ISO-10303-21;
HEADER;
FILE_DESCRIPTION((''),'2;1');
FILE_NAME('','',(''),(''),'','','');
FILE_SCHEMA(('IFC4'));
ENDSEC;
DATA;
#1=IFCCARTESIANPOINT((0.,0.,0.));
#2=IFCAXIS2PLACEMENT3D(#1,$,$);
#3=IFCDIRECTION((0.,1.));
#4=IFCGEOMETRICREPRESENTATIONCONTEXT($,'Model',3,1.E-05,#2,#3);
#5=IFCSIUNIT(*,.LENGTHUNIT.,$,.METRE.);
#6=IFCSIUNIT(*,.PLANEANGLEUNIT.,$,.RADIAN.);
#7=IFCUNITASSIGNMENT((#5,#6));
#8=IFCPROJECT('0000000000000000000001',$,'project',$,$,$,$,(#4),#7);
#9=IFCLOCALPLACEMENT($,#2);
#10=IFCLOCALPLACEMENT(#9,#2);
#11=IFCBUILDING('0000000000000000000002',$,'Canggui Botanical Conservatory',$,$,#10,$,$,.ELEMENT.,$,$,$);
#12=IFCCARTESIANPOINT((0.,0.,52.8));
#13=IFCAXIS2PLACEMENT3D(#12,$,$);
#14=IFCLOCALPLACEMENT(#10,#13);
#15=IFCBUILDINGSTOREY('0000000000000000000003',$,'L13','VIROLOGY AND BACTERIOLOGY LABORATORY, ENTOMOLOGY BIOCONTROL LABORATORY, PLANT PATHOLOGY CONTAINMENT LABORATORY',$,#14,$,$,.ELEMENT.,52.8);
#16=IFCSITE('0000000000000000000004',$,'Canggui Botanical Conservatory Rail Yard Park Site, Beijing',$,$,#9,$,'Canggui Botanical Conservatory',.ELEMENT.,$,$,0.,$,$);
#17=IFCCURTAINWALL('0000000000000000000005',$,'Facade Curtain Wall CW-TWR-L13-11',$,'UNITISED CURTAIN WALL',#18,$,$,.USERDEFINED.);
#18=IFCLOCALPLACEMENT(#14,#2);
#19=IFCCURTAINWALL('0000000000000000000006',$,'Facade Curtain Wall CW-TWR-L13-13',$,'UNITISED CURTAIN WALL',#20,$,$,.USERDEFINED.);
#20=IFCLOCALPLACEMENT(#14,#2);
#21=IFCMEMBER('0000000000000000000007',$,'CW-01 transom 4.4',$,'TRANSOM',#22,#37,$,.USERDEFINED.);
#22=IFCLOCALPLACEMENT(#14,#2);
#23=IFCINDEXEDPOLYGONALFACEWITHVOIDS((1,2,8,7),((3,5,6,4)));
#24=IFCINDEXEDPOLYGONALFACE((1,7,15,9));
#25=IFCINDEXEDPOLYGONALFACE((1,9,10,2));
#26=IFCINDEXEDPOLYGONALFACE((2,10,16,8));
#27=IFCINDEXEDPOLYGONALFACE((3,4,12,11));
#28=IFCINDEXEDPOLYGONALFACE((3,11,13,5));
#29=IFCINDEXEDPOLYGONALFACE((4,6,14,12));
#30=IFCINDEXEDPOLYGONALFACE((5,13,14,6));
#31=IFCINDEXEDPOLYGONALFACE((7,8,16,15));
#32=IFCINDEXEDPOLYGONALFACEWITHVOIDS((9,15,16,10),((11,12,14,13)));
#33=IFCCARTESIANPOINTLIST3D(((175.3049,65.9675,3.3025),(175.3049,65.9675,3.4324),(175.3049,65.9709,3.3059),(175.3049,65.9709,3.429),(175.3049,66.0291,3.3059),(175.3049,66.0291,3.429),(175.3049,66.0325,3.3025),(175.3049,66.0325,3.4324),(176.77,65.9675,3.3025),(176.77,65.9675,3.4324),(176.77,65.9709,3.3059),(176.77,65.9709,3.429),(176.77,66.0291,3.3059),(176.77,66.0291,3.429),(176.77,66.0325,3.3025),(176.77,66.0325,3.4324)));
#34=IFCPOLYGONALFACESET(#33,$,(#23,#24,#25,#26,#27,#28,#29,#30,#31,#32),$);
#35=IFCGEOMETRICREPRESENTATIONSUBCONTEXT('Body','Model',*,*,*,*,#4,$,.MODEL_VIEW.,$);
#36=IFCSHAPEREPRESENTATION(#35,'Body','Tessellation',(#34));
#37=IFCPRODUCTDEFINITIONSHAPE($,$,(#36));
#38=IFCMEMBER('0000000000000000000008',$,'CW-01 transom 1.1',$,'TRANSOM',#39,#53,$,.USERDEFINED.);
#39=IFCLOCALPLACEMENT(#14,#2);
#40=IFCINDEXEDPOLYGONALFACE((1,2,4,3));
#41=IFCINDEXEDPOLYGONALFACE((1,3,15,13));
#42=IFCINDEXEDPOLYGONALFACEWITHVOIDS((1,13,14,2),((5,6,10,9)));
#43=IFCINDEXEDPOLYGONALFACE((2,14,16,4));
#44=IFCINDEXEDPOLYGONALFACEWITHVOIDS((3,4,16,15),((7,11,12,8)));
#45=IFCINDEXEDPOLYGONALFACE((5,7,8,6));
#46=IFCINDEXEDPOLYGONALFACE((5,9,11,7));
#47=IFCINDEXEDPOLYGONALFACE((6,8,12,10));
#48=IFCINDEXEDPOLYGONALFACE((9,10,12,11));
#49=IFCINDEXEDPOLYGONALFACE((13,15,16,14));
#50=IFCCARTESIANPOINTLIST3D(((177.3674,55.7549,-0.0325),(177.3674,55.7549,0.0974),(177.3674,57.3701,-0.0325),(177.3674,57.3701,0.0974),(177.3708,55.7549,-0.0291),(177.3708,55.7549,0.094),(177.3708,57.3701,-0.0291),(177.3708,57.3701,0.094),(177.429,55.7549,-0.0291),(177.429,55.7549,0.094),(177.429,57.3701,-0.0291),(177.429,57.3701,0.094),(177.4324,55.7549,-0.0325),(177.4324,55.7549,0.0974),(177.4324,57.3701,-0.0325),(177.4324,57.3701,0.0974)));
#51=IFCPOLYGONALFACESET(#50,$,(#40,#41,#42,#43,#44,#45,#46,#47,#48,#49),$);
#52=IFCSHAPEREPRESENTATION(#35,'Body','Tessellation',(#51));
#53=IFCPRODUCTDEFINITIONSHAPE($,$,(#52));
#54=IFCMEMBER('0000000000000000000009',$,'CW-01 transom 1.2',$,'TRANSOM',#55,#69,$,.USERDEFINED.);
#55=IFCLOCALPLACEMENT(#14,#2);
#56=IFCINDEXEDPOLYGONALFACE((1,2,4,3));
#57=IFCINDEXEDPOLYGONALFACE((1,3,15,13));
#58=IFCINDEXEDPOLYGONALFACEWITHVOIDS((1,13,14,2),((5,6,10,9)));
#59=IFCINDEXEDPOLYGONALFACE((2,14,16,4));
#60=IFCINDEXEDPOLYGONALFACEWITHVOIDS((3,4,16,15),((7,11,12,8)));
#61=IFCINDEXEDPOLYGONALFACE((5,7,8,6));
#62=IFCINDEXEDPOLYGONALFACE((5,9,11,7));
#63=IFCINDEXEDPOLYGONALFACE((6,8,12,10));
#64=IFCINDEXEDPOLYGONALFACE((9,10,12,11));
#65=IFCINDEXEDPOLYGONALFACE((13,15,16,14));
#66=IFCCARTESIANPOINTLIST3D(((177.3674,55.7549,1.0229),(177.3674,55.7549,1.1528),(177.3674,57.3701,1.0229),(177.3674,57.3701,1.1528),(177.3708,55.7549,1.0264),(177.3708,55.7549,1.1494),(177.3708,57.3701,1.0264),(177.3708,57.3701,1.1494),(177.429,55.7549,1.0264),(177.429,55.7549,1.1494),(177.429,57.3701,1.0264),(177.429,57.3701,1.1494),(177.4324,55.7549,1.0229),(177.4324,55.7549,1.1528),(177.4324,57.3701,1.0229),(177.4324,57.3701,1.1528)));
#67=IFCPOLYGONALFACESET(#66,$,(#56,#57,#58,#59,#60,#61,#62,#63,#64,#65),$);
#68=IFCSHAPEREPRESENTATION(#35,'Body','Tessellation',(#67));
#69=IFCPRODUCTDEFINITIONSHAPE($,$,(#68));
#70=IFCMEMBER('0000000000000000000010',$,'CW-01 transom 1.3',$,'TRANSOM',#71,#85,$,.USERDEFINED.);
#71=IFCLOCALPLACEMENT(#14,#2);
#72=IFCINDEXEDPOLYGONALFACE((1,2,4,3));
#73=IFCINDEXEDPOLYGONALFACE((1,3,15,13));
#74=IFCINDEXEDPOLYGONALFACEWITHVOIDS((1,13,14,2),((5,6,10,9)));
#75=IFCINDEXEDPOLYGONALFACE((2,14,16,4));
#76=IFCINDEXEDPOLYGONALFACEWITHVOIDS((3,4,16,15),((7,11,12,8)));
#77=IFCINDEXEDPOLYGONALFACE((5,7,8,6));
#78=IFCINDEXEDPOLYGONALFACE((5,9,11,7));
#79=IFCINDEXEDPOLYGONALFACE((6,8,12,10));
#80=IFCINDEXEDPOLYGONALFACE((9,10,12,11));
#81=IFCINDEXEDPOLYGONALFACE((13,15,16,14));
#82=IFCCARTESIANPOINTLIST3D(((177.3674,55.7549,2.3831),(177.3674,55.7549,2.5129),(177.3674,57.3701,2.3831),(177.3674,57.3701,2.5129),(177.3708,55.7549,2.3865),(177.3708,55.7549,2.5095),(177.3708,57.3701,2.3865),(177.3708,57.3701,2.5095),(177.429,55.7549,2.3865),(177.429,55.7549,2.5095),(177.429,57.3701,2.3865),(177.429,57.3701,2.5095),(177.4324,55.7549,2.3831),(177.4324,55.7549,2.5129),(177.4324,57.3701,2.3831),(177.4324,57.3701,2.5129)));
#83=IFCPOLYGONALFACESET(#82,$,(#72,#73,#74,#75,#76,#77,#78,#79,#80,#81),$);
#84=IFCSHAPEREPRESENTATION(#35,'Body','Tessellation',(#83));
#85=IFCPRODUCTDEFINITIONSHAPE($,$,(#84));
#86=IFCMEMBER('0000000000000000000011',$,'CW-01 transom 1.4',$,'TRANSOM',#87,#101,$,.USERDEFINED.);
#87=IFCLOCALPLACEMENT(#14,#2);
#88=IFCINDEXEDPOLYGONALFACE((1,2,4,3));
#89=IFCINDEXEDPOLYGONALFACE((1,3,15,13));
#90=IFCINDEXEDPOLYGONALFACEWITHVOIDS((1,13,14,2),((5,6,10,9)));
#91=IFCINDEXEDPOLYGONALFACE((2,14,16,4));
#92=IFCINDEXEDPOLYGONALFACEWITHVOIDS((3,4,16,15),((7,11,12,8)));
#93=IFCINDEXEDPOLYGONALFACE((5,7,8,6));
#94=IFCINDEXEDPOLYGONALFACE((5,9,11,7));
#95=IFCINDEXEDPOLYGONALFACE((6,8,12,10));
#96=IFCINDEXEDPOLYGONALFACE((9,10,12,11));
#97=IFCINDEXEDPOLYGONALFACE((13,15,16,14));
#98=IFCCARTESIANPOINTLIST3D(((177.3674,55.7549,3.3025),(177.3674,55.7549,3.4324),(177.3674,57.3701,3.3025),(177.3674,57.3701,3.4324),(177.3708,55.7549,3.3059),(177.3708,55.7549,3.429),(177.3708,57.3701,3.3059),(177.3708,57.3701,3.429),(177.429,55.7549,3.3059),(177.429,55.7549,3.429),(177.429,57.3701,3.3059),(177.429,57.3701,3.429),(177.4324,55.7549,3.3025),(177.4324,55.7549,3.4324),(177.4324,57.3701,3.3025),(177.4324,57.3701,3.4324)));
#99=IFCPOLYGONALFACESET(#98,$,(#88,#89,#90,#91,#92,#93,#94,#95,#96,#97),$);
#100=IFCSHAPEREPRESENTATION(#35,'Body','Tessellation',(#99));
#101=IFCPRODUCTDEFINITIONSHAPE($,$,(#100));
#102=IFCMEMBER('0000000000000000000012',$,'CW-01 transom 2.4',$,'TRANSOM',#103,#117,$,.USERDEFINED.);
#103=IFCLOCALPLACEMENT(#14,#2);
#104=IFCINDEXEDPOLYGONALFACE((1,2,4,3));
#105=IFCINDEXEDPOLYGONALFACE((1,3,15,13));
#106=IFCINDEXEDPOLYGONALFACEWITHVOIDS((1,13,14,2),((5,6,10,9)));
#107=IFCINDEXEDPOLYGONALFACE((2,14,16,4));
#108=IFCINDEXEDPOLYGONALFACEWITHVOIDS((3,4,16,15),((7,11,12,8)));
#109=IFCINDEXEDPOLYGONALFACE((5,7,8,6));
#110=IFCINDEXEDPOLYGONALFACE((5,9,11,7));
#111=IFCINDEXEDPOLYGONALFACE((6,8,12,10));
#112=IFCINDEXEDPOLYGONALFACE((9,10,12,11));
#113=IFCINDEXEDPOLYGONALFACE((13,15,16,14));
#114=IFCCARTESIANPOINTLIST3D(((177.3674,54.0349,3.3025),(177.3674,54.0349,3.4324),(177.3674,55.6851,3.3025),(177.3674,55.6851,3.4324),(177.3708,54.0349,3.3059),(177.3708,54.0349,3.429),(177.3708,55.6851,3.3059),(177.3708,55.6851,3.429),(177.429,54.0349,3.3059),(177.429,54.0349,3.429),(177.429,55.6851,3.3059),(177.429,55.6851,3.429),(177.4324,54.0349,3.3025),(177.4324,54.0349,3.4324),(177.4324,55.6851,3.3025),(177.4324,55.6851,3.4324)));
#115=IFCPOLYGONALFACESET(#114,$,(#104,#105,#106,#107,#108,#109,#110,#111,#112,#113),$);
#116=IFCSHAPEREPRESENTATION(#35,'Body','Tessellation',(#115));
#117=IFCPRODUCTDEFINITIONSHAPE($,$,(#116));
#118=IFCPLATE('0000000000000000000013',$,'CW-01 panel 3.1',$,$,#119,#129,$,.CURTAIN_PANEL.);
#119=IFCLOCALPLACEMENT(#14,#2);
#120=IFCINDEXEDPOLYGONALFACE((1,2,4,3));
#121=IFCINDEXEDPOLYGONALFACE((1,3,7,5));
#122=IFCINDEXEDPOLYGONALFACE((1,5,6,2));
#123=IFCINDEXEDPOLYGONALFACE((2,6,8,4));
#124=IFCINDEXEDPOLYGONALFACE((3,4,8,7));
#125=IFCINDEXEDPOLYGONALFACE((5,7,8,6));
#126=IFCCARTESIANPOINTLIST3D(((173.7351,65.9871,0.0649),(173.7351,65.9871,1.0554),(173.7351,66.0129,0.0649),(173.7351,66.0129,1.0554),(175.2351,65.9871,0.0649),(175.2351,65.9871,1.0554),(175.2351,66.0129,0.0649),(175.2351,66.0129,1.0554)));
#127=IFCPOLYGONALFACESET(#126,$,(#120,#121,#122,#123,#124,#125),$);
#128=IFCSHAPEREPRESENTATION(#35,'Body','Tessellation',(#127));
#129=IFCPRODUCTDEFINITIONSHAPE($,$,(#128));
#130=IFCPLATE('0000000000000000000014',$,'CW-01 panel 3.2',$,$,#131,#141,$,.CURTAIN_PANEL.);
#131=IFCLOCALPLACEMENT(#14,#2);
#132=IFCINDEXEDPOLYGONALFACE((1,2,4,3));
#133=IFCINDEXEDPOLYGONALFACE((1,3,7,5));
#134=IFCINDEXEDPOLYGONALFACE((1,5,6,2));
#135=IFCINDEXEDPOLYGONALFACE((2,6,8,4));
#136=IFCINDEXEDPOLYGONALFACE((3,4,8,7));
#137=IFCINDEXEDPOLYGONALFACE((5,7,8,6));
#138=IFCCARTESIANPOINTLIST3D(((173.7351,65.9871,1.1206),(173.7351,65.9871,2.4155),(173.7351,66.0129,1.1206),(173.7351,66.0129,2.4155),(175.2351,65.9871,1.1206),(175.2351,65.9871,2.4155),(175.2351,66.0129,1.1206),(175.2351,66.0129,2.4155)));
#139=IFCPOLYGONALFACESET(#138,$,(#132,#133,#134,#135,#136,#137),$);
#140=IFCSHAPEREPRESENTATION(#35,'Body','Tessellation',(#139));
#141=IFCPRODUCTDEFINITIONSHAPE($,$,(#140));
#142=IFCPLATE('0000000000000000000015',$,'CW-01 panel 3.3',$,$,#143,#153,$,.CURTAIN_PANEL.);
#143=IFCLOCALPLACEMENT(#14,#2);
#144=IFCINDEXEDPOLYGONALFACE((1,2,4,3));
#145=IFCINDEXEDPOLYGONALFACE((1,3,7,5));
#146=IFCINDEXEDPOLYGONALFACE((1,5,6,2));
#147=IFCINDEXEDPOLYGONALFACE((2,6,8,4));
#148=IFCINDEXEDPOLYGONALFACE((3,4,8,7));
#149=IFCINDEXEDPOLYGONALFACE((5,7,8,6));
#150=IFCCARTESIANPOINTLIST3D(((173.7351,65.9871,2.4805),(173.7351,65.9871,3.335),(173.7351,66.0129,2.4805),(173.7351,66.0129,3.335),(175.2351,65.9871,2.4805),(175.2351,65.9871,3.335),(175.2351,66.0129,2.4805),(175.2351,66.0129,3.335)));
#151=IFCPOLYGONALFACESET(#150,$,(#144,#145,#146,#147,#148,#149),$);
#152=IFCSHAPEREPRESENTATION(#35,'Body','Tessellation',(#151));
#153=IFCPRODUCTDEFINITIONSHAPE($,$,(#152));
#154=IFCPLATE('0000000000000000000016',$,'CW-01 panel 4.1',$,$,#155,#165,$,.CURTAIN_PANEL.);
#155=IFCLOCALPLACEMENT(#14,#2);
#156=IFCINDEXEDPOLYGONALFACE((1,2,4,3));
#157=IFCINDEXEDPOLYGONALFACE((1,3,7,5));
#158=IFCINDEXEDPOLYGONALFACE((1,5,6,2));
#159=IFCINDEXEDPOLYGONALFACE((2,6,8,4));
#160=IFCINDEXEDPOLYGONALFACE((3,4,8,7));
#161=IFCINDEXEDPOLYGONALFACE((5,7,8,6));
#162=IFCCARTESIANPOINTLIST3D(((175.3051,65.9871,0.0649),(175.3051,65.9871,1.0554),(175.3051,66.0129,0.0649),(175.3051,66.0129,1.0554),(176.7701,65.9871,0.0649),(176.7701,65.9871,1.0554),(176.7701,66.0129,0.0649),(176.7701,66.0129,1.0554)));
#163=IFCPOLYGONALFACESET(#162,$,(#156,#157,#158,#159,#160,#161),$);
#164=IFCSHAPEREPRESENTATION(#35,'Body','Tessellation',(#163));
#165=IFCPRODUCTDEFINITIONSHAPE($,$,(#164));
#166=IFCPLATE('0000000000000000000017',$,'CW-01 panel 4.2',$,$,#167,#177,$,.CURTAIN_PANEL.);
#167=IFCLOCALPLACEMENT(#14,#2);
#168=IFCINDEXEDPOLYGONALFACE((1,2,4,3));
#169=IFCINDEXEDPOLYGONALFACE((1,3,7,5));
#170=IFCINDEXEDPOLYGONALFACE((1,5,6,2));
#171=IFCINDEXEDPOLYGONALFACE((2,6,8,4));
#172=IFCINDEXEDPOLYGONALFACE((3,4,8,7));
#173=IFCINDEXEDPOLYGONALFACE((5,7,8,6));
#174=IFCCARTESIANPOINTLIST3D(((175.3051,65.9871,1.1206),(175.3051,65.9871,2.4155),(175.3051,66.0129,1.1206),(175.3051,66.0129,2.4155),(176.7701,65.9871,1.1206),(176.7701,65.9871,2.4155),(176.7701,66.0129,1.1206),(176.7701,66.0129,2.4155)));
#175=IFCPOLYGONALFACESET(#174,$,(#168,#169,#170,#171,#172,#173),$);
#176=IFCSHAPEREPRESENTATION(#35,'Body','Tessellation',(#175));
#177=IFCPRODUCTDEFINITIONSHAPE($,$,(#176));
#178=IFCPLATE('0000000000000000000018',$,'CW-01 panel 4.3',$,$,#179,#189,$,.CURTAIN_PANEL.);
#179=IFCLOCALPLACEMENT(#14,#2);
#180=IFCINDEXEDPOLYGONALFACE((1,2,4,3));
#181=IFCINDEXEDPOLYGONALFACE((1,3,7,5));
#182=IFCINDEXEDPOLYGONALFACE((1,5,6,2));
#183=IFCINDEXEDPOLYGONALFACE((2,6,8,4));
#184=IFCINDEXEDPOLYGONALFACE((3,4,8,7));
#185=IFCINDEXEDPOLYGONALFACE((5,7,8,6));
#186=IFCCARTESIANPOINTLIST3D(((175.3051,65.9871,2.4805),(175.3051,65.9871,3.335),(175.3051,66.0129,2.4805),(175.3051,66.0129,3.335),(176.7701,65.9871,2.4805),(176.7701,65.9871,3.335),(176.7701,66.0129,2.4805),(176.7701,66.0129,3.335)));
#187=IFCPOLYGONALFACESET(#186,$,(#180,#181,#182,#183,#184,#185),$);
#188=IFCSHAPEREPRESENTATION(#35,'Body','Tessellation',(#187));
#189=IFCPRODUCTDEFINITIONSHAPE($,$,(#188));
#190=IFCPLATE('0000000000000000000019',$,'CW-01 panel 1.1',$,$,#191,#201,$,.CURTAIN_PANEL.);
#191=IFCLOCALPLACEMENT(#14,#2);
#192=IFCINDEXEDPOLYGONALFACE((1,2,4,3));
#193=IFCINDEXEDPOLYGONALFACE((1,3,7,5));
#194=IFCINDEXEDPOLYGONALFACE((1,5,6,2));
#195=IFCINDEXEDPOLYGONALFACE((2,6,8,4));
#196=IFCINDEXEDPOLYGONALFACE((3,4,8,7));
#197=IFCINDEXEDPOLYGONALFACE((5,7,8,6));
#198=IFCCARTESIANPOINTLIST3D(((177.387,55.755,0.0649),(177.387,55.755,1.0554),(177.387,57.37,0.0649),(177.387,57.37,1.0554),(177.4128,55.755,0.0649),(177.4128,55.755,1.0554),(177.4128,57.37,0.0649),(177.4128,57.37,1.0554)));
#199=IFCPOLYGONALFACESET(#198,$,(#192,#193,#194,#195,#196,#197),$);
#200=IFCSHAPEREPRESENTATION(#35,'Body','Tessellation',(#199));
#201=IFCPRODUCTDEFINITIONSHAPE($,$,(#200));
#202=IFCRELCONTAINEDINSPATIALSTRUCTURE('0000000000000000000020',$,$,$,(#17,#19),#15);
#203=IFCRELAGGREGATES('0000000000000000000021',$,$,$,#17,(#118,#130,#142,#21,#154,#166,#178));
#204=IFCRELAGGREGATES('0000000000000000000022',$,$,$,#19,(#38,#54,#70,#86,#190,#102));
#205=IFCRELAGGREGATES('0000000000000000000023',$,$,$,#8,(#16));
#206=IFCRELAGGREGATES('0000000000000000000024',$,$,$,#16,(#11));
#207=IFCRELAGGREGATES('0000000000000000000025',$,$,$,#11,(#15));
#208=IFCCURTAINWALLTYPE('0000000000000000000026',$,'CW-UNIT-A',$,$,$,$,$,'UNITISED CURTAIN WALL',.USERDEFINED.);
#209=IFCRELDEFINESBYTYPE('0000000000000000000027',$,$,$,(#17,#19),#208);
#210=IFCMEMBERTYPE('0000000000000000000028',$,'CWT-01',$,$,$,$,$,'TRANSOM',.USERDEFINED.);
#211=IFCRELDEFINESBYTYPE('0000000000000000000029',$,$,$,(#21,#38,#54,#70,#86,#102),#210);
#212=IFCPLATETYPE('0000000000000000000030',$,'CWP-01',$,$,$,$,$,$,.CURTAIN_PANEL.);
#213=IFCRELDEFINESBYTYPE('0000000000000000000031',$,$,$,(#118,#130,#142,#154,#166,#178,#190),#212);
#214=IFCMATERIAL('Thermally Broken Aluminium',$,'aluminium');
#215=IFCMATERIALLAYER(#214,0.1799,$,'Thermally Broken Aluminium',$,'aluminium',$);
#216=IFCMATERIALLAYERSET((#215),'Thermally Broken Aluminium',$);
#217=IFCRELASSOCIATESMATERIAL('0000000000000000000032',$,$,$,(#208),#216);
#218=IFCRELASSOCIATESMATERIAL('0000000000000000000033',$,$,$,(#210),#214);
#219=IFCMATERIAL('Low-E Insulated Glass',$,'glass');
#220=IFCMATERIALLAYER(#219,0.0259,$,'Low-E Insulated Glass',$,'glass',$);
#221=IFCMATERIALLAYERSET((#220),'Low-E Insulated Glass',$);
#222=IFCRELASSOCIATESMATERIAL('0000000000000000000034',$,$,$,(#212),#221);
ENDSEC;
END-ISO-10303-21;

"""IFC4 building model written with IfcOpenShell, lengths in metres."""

from ifc_helpers import new_model, si_unit, direction, frame, origin, origin_2d, place, context, subcontext, project, spatial, rectangle, hollow_rectangle, extrude, material, layer, layer_set, material_profile, profile_set, type_object, element, aggregate, save


model = new_model("IFC4")

# Units and contexts
model_context = context("Model", 3, precision=1e-05, world=origin(), true_north=direction((0.0, 1.0)))
body_context = subcontext(model_context, "Body", "Model", "MODEL_VIEW")
ifc_project = project(units=[si_unit("LENGTHUNIT", "METRE"), si_unit("PLANEANGLEUNIT", "RADIAN")], contexts=[model_context])

# Site, building, storey
site_placement = place(None, origin())
site = spatial("IfcSite", under=ifc_project, at=site_placement, Name="Canggui Botanical Conservatory Rail Yard Park Site, Beijing", LongName="Canggui Botanical Conservatory", CompositionType="ELEMENT", RefElevation=0.0)
building_placement = place(site_placement, origin())
building = spatial("IfcBuilding", under=site, at=building_placement, Name="Canggui Botanical Conservatory", CompositionType="ELEMENT")
storey_placement = place(building_placement, frame((0.0, 0.0, 52.8)))
storey = spatial("IfcBuildingStorey", under=building, at=storey_placement, Name="L13", Description="VIROLOGY AND BACTERIOLOGY LABORATORY, ENTOMOLOGY BIOCONTROL LABORATORY, PLANT PATHOLOGY CONTAINMENT LABORATORY", CompositionType="ELEMENT", Elevation=52.8)

# Curtain walls
ifc_material_1 = material(Name="Thermally Broken Aluminium", Category="aluminium")
ifc_layer_1 = layer(ifc_material_1, 0.1799, Name="Thermally Broken Aluminium", Category="aluminium")
ifc_layer_set_1 = layer_set([ifc_layer_1], Name="Thermally Broken Aluminium")
curtain_wall_type = type_object("IfcCurtainWallType", Name="CW-UNIT-A", ElementType="UNITISED CURTAIN WALL", PredefinedType="USERDEFINED", material=ifc_layer_set_1)
curtain_wall_1_placement = place(storey_placement, origin())
curtain_wall_1 = element("IfcCurtainWall", 1, at=curtain_wall_1_placement, inside=storey, type_object=curtain_wall_type, Name="Facade Curtain Wall CW-TWR-L13-11", ObjectType="UNITISED CURTAIN WALL", PredefinedType="USERDEFINED")
curtain_wall_2_placement = place(storey_placement, origin())
curtain_wall_2 = element("IfcCurtainWall", 2, at=curtain_wall_2_placement, inside=storey, type_object=curtain_wall_type, Name="Facade Curtain Wall CW-TWR-L13-13", ObjectType="UNITISED CURTAIN WALL", PredefinedType="USERDEFINED")

# Members
ifc_material_profile_1 = material_profile(ifc_material_1, hollow_rectangle(XDim=0.0649, YDim=0.1299, WallThickness=0.0034, at=origin_2d()), Name="CWT 65x130x3.5")
ifc_profile_set_1 = profile_set([ifc_material_profile_1], Name="Thermally Broken Aluminium")
member_type_1 = type_object("IfcMemberType", Name="CWT-01", ElementType="TRANSOM", PredefinedType="USERDEFINED", material=ifc_profile_set_1)
member_1_placement = place(storey_placement, frame((175.3049, 66.0, 3.3674), z_axis=(1.0, 0.0, 0.0), x_axis=(0.0, 1.0, 0.0)))
member_1 = element("IfcMember", 3, at=member_1_placement, type_object=member_type_1, Name="CW-01 transom 4.4", ObjectType="TRANSOM", PredefinedType="USERDEFINED", context=body_context, shape_type="SweptSolid", body=[
    extrude(hollow_rectangle(XDim=0.0649, YDim=0.1299, WallThickness=0.0034, at=origin_2d()), origin(), (0.0, 0.0, 1.0), 1.4651),
])
member_2_placement = place(storey_placement, frame((177.3999, 57.3701, 0.0325), z_axis=(0.0, -1.0, 0.0), x_axis=(1.0, 0.0, 0.0)))
member_2 = element("IfcMember", 4, at=member_2_placement, type_object=member_type_1, Name="CW-01 transom 1.1", ObjectType="TRANSOM", PredefinedType="USERDEFINED", context=body_context, shape_type="SweptSolid", body=[
    extrude(hollow_rectangle(XDim=0.0649, YDim=0.1299, WallThickness=0.0034, at=origin_2d()), origin(), (0.0, 0.0, 1.0), 1.6152),
])
member_3_placement = place(storey_placement, frame((177.3999, 57.3701, 1.0879), z_axis=(0.0, -1.0, 0.0), x_axis=(1.0, 0.0, 0.0)))
member_3 = element("IfcMember", 5, at=member_3_placement, type_object=member_type_1, Name="CW-01 transom 1.2", ObjectType="TRANSOM", PredefinedType="USERDEFINED", context=body_context, shape_type="SweptSolid", body=[
    extrude(hollow_rectangle(XDim=0.0649, YDim=0.1299, WallThickness=0.0034, at=origin_2d()), origin(), (0.0, 0.0, 1.0), 1.6152),
])
member_4_placement = place(storey_placement, frame((177.3999, 57.3701, 2.448), z_axis=(0.0, -1.0, 0.0), x_axis=(1.0, 0.0, 0.0)))
member_4 = element("IfcMember", 6, at=member_4_placement, type_object=member_type_1, Name="CW-01 transom 1.3", ObjectType="TRANSOM", PredefinedType="USERDEFINED", context=body_context, shape_type="SweptSolid", body=[
    extrude(hollow_rectangle(XDim=0.0649, YDim=0.1299, WallThickness=0.0034, at=origin_2d()), origin(), (0.0, 0.0, 1.0), 1.6152),
])
member_5_placement = place(storey_placement, frame((177.3999, 57.3701, 3.3674), z_axis=(0.0, -1.0, 0.0), x_axis=(1.0, 0.0, 0.0)))
member_5 = element("IfcMember", 7, at=member_5_placement, type_object=member_type_1, Name="CW-01 transom 1.4", ObjectType="TRANSOM", PredefinedType="USERDEFINED", context=body_context, shape_type="SweptSolid", body=[
    extrude(hollow_rectangle(XDim=0.0649, YDim=0.1299, WallThickness=0.0034, at=origin_2d()), origin(), (0.0, 0.0, 1.0), 1.6152),
])
member_6_placement = place(storey_placement, frame((177.3999, 55.6851, 3.3674), z_axis=(0.0, -1.0, 0.0), x_axis=(1.0, 0.0, 0.0)))
member_6 = element("IfcMember", 8, at=member_6_placement, type_object=member_type_1, Name="CW-01 transom 2.4", ObjectType="TRANSOM", PredefinedType="USERDEFINED", context=body_context, shape_type="SweptSolid", body=[
    extrude(hollow_rectangle(XDim=0.0649, YDim=0.1299, WallThickness=0.0034, at=origin_2d()), origin(), (0.0, 0.0, 1.0), 1.6501),
])

# Plates
ifc_material_2 = material(Name="Low-E Insulated Glass", Category="glass")
ifc_layer_2 = layer(ifc_material_2, 0.0259, Name="Low-E Insulated Glass", Category="glass")
ifc_layer_set_2 = layer_set([ifc_layer_2], Name="Low-E Insulated Glass")
plate_type = type_object("IfcPlateType", Name="CWP-01", PredefinedType="CURTAIN_PANEL", material=ifc_layer_set_2)
plate_1_placement = place(storey_placement, frame((174.4851, 66.0, 0.0649), z_axis=(0.0, 0.0, 1.0), x_axis=(1.0, 0.0, 0.0)))
plate_1 = element("IfcPlate", 9, at=plate_1_placement, type_object=plate_type, Name="CW-01 panel 3.1", PredefinedType="CURTAIN_PANEL", context=body_context, shape_type="SweptSolid", body=[
    extrude(rectangle(XDim=1.5, YDim=0.0259, at=origin_2d()), origin(), (0.0, 0.0, 1.0), 0.9905),
])
plate_2_placement = place(storey_placement, frame((174.4851, 66.0, 1.1206), z_axis=(0.0, 0.0, 1.0), x_axis=(1.0, 0.0, 0.0)))
plate_2 = element("IfcPlate", 10, at=plate_2_placement, type_object=plate_type, Name="CW-01 panel 3.2", PredefinedType="CURTAIN_PANEL", context=body_context, shape_type="SweptSolid", body=[
    extrude(rectangle(XDim=1.5, YDim=0.0259, at=origin_2d()), origin(), (0.0, 0.0, 1.0), 1.2949),
])
plate_3_placement = place(storey_placement, frame((174.4851, 66.0, 2.4805), z_axis=(0.0, 0.0, 1.0), x_axis=(1.0, 0.0, 0.0)))
plate_3 = element("IfcPlate", 11, at=plate_3_placement, type_object=plate_type, Name="CW-01 panel 3.3", PredefinedType="CURTAIN_PANEL", context=body_context, shape_type="SweptSolid", body=[
    extrude(rectangle(XDim=1.5, YDim=0.0259, at=origin_2d()), origin(), (0.0, 0.0, 1.0), 0.8545),
])
plate_4_placement = place(storey_placement, frame((176.0376, 66.0, 0.0649), z_axis=(0.0, 0.0, 1.0), x_axis=(1.0, 0.0, 0.0)))
plate_4 = element("IfcPlate", 12, at=plate_4_placement, type_object=plate_type, Name="CW-01 panel 4.1", PredefinedType="CURTAIN_PANEL", context=body_context, shape_type="SweptSolid", body=[
    extrude(rectangle(XDim=1.4651, YDim=0.0259, at=origin_2d()), origin(), (0.0, 0.0, 1.0), 0.9905),
])
plate_5_placement = place(storey_placement, frame((176.0376, 66.0, 1.1206), z_axis=(0.0, 0.0, 1.0), x_axis=(1.0, 0.0, 0.0)))
plate_5 = element("IfcPlate", 13, at=plate_5_placement, type_object=plate_type, Name="CW-01 panel 4.2", PredefinedType="CURTAIN_PANEL", context=body_context, shape_type="SweptSolid", body=[
    extrude(rectangle(XDim=1.4651, YDim=0.0259, at=origin_2d()), origin(), (0.0, 0.0, 1.0), 1.2949),
])
plate_6_placement = place(storey_placement, frame((176.0376, 66.0, 2.4805), z_axis=(0.0, 0.0, 1.0), x_axis=(1.0, 0.0, 0.0)))
plate_6 = element("IfcPlate", 14, at=plate_6_placement, type_object=plate_type, Name="CW-01 panel 4.3", PredefinedType="CURTAIN_PANEL", context=body_context, shape_type="SweptSolid", body=[
    extrude(rectangle(XDim=1.4651, YDim=0.0259, at=origin_2d()), origin(), (0.0, 0.0, 1.0), 0.8545),
])
aggregate(curtain_wall_1, [plate_1, plate_2, plate_3, member_1, plate_4, plate_5, plate_6])
plate_7_placement = place(storey_placement, frame((177.3999, 56.5625, 0.0649), z_axis=(0.0, 0.0, 1.0), x_axis=(0.0, -1.0, 0.0)))
plate_7 = element("IfcPlate", 15, at=plate_7_placement, type_object=plate_type, Name="CW-01 panel 1.1", PredefinedType="CURTAIN_PANEL", context=body_context, shape_type="SweptSolid", body=[
    extrude(rectangle(XDim=1.615, YDim=0.0259, at=origin_2d()), origin(), (0.0, 0.0, 1.0), 0.9905),
])
aggregate(curtain_wall_2, [member_2, member_3, member_4, member_5, plate_7, member_6])

save(model, "model.ifc")
